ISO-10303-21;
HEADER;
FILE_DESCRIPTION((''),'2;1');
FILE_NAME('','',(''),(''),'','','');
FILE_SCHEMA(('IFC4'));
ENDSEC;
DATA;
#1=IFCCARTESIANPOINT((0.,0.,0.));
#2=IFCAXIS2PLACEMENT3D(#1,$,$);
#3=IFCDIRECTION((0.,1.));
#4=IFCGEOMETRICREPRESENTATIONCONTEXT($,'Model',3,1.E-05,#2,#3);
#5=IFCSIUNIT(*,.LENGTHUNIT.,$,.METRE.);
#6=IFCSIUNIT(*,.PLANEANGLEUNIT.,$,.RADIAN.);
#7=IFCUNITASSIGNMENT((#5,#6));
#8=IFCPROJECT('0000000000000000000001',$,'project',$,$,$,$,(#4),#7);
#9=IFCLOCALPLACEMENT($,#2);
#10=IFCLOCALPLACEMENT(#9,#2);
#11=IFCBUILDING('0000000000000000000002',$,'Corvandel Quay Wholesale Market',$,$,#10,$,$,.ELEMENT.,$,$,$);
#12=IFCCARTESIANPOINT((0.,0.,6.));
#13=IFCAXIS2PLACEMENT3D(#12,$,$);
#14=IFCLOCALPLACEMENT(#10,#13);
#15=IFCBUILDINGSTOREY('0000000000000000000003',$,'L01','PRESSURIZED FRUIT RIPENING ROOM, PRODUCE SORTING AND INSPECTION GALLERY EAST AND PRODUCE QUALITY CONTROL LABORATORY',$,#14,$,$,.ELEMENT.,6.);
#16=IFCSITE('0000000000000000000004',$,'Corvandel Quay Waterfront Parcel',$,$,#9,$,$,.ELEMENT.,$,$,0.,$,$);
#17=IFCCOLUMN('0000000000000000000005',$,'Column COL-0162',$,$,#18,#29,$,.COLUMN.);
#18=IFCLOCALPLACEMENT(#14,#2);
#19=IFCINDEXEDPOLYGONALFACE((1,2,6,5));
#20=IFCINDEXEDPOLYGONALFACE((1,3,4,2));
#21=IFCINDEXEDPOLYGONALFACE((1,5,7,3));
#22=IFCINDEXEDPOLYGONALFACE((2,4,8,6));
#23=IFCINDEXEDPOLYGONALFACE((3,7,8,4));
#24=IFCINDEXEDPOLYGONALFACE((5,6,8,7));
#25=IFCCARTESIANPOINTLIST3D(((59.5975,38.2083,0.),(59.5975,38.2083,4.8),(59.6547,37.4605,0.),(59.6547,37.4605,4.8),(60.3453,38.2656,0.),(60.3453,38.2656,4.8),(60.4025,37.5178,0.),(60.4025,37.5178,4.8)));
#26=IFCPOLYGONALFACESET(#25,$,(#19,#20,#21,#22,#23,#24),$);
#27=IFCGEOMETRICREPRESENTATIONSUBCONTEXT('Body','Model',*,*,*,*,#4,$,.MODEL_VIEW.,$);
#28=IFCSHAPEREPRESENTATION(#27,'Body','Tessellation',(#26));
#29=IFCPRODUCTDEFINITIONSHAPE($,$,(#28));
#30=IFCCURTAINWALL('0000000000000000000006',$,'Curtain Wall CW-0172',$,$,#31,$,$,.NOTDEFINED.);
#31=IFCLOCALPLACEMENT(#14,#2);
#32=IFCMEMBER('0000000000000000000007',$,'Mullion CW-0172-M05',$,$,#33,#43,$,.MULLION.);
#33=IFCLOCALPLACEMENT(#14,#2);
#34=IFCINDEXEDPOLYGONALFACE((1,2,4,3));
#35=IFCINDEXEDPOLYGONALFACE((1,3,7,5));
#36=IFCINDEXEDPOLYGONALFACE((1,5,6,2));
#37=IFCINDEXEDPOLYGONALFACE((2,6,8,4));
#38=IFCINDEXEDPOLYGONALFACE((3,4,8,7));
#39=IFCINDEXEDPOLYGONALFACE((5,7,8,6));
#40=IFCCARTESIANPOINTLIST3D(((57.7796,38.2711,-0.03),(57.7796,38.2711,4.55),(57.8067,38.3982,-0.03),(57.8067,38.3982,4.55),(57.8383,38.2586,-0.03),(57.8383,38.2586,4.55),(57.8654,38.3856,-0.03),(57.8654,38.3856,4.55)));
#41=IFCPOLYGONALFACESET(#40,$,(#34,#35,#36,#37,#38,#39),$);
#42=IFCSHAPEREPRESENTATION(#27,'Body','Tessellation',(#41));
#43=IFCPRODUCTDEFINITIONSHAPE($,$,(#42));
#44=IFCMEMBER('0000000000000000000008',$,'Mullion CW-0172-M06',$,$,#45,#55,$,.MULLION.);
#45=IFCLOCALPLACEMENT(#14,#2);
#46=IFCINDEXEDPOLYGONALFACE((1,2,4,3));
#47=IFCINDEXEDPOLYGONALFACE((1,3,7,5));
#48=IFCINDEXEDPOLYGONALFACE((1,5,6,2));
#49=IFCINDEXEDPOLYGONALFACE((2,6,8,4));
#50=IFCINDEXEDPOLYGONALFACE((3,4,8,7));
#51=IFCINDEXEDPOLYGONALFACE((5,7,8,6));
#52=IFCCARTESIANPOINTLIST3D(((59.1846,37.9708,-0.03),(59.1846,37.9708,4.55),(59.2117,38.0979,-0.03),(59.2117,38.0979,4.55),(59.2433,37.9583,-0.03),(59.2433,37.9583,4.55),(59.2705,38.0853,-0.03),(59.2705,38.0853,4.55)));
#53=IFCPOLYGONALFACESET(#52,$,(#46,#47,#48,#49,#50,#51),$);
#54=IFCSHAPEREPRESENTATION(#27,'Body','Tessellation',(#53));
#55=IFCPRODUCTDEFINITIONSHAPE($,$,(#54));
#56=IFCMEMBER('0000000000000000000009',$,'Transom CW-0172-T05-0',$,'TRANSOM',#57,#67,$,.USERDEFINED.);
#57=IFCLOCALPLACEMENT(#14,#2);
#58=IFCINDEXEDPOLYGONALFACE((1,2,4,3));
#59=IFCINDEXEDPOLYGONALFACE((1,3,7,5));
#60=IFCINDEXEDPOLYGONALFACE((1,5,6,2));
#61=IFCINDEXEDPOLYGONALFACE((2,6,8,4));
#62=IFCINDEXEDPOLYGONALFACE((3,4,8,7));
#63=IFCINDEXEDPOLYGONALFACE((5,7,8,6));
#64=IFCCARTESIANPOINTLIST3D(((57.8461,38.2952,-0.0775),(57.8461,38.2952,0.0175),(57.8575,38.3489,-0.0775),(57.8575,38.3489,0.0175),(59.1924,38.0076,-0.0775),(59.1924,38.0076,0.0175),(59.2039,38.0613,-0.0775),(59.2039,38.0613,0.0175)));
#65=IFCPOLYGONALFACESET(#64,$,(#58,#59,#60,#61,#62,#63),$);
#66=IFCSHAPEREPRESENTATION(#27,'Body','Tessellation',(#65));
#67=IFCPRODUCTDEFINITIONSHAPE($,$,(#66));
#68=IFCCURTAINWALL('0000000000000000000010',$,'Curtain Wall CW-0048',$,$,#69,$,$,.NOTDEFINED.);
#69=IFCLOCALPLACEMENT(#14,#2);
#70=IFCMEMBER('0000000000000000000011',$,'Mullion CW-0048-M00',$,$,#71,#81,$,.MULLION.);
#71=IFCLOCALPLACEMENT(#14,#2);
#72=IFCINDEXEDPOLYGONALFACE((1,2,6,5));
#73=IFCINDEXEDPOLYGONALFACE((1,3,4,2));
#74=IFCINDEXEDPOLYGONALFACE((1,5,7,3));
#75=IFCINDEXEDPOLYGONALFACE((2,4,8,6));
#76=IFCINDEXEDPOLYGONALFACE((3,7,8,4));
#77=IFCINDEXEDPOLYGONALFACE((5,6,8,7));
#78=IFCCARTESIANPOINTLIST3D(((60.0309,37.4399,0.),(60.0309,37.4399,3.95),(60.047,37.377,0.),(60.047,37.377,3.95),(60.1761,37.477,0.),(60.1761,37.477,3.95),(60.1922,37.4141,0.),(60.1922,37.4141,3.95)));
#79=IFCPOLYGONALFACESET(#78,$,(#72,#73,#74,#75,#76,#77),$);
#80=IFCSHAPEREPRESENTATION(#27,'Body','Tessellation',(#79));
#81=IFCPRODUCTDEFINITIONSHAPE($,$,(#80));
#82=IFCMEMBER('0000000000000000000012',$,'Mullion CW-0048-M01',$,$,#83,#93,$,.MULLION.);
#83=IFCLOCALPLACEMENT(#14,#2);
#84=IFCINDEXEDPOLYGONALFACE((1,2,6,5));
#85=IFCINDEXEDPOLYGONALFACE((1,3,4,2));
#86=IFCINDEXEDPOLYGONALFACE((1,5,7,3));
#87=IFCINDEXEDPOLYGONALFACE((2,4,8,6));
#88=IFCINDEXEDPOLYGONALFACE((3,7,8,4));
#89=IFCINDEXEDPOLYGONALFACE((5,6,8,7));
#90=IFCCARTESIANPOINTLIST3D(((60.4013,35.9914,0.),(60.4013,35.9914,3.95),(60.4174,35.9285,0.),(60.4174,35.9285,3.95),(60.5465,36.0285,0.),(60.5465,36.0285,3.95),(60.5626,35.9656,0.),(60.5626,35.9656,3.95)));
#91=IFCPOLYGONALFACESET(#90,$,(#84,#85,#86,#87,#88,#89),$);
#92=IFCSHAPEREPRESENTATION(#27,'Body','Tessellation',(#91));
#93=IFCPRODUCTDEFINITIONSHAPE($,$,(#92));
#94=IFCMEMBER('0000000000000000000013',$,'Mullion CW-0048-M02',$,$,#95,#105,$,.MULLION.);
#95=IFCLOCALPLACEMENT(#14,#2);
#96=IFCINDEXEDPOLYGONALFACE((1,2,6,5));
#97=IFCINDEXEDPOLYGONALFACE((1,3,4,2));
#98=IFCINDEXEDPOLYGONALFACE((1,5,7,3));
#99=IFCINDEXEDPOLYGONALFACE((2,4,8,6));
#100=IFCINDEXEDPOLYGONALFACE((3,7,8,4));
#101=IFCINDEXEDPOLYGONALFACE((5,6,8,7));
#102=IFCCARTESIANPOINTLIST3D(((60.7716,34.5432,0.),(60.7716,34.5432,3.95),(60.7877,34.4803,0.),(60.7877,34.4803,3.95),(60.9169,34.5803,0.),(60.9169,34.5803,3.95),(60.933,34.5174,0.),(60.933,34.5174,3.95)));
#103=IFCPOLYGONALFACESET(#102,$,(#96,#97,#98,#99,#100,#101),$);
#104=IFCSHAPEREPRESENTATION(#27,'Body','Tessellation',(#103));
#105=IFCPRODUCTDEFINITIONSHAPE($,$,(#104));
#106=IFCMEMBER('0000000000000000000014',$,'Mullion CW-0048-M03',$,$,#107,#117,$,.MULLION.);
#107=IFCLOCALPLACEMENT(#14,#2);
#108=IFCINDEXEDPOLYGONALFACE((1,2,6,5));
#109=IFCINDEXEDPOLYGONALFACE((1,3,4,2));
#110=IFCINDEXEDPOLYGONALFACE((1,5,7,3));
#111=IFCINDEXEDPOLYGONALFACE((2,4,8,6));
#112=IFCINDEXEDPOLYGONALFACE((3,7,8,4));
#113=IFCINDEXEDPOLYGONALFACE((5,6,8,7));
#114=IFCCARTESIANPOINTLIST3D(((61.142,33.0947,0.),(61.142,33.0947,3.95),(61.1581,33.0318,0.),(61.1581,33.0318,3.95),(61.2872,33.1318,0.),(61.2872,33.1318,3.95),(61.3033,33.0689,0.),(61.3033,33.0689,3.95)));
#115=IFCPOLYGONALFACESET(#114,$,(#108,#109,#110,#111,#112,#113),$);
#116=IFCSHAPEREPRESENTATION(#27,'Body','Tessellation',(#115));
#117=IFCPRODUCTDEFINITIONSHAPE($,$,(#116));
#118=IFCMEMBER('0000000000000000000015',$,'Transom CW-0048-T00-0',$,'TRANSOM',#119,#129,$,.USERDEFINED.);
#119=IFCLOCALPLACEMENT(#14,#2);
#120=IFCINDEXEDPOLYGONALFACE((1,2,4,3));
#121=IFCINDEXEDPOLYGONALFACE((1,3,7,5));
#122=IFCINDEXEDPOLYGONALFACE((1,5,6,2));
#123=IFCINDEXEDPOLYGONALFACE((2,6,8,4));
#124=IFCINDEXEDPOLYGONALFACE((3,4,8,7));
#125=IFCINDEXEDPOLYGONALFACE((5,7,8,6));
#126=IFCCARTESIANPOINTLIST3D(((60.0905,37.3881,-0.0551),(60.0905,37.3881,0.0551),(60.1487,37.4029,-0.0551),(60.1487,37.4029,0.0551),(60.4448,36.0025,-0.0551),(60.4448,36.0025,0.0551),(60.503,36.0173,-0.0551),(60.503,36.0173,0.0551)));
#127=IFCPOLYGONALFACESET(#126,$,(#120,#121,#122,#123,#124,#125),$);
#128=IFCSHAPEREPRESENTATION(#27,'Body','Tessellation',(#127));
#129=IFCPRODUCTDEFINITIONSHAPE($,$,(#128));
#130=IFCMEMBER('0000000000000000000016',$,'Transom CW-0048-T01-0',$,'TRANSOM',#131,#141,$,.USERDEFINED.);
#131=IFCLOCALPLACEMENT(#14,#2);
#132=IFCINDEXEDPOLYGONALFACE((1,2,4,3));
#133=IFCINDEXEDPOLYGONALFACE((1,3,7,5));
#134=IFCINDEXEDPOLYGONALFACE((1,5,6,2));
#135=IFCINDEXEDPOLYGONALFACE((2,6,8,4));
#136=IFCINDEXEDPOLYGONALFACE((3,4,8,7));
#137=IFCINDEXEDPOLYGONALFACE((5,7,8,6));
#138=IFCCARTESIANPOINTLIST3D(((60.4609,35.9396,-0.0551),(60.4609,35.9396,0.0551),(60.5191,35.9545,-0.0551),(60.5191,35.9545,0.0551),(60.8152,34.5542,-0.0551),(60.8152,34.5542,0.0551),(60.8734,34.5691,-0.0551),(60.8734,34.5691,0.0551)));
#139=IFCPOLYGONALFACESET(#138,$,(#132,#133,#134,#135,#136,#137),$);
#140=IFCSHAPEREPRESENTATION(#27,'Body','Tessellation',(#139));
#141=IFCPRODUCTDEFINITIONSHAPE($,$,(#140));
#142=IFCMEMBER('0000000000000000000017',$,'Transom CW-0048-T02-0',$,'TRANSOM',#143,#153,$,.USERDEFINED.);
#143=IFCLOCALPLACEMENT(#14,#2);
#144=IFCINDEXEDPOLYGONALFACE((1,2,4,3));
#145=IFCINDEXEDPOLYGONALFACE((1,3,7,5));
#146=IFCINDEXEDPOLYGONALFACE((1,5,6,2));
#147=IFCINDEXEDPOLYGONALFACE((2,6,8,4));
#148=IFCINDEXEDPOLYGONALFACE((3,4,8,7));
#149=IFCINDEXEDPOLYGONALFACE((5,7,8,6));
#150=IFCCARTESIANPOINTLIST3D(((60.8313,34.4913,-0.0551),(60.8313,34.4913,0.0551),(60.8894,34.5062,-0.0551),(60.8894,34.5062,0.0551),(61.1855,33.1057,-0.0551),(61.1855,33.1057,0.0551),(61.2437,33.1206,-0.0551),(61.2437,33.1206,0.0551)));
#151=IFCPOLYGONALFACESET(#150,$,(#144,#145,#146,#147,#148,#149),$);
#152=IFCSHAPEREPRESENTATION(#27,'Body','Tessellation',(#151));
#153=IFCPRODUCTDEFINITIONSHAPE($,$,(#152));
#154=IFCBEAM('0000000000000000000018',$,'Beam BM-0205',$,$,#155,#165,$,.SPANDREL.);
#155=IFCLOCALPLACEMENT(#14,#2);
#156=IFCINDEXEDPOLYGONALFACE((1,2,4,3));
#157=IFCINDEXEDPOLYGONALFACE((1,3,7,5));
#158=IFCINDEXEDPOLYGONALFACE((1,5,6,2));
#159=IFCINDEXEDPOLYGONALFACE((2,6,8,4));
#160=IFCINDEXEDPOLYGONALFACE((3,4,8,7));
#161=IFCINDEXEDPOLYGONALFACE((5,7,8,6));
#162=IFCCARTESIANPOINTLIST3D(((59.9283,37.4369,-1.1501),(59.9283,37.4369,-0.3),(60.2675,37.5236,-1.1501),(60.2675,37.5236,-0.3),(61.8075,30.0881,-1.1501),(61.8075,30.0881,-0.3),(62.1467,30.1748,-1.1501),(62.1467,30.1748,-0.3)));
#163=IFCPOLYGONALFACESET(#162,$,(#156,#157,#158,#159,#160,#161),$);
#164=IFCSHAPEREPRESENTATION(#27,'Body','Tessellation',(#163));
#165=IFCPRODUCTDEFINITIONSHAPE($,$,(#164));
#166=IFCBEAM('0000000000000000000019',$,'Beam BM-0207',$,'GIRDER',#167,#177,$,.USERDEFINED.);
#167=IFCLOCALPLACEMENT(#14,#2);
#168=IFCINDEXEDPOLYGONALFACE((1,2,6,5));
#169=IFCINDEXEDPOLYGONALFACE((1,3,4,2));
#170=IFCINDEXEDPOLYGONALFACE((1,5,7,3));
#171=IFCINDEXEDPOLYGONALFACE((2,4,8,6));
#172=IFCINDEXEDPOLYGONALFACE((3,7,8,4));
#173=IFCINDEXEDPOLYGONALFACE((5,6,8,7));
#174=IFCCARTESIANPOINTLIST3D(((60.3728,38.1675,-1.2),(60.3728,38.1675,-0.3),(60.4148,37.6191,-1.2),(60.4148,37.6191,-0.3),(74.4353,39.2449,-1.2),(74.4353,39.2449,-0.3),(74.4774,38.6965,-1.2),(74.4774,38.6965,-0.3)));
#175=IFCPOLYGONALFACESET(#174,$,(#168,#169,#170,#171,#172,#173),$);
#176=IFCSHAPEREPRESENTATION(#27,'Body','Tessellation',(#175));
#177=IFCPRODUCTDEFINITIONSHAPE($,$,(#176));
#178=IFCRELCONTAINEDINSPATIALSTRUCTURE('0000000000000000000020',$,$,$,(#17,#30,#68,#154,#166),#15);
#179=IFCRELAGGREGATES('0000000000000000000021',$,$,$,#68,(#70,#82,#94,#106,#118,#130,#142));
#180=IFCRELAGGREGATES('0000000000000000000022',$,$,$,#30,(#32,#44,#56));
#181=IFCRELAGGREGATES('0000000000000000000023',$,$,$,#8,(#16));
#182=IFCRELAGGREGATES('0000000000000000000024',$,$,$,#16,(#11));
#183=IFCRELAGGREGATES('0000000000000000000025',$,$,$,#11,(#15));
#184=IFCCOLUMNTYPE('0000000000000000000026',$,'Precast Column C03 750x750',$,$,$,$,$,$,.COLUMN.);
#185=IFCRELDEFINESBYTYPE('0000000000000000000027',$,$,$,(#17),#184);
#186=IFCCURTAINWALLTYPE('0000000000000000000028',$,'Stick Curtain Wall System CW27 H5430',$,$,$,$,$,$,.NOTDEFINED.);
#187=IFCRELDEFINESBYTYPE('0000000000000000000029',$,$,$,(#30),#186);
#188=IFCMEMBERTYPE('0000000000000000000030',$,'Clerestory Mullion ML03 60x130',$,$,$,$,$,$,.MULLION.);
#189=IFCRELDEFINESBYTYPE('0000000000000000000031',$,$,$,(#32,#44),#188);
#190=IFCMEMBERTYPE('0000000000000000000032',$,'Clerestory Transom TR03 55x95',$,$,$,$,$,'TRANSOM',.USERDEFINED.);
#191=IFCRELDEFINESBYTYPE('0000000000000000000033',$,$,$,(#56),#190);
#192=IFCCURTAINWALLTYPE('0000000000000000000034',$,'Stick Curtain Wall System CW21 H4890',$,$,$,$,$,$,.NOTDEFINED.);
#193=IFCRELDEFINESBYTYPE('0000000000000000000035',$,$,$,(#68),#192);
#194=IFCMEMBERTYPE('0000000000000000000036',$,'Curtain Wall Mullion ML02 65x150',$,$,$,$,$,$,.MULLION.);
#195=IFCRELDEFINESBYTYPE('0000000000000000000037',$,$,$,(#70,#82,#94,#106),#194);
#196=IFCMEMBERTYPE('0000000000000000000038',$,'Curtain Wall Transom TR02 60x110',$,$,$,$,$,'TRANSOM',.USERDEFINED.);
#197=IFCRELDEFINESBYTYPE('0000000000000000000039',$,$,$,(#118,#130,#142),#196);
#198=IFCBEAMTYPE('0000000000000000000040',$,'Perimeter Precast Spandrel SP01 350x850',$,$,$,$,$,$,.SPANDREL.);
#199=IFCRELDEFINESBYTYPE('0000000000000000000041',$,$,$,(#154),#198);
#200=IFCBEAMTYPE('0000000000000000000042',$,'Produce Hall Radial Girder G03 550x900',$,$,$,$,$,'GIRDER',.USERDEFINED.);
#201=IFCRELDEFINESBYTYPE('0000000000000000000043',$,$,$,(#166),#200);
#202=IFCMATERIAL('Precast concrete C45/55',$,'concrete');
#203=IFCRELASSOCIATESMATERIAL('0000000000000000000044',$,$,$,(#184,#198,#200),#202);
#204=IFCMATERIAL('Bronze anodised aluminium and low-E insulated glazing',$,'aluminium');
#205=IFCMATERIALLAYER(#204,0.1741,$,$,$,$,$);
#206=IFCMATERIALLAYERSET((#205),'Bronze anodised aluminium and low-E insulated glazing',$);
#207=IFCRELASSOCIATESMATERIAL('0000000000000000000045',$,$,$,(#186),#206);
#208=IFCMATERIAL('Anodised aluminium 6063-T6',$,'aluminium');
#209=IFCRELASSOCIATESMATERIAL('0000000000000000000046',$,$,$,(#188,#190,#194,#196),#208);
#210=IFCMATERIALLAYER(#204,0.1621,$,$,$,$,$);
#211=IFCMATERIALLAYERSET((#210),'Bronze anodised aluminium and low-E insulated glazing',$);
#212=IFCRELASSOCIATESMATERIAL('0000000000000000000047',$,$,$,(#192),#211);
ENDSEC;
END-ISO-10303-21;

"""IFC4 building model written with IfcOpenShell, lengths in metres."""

from ifc_helpers import new_model, si_unit, direction, frame, origin, origin_2d, place, context, subcontext, project, spatial, rectangle, extrude, material, layer, layer_set, material_profile, profile_set, type_object, element, aggregate, save


model = new_model("IFC4")

# Units and contexts
model_context = context("Model", 3, precision=1e-05, world=origin(), true_north=direction((0.0, 1.0)))
body_context = subcontext(model_context, "Body", "Model", "MODEL_VIEW")
ifc_project = project(units=[si_unit("LENGTHUNIT", "METRE"), si_unit("PLANEANGLEUNIT", "RADIAN")], contexts=[model_context])

# Site, building, storey
site_placement = place(None, origin())
site = spatial("IfcSite", under=ifc_project, at=site_placement, Name="Corvandel Quay Waterfront Parcel", CompositionType="ELEMENT", RefElevation=0.0)
building_placement = place(site_placement, origin())
building = spatial("IfcBuilding", under=site, at=building_placement, Name="Corvandel Quay Wholesale Market", CompositionType="ELEMENT")
storey_placement = place(building_placement, frame((0.0, 0.0, 6.0)))
storey = spatial("IfcBuildingStorey", under=building, at=storey_placement, Name="L01", Description="PRESSURIZED FRUIT RIPENING ROOM, PRODUCE SORTING AND INSPECTION GALLERY EAST AND PRODUCE QUALITY CONTROL LABORATORY", CompositionType="ELEMENT", Elevation=6.0)

# Column
ifc_material_1 = material(Name="Precast concrete C45/55", Category="concrete")
ifc_material_profile_1 = material_profile(ifc_material_1, rectangle(XDim=0.75, YDim=0.75, at=origin_2d()), Name="PC-COL-750x750")
ifc_profile_set_1 = profile_set([ifc_material_profile_1], Name="Precast concrete C45/55")
column_type = type_object("IfcColumnType", Name="Precast Column C03 750x750", PredefinedType="COLUMN", material=ifc_profile_set_1)
column_placement = place(storey_placement, frame((60.0, 37.863, 0.0), z_axis=(0.0, 0.0, 1.0), x_axis=(-0.076371, 0.997079, 0.0)))
element("IfcColumn", 1, at=column_placement, inside=storey, type_object=column_type, Name="Column COL-0162", PredefinedType="COLUMN", context=body_context, shape_type="SweptSolid", body=[
    extrude(rectangle(XDim=0.75, YDim=0.75, at=origin_2d()), origin(), (0.0, 0.0, 1.0), 4.8),
])

# Curtain walls, members
ifc_material_2 = material(Name="Bronze anodised aluminium and low-E insulated glazing", Category="aluminium")
ifc_layer_1 = layer(ifc_material_2, 0.1741)
ifc_layer_set_1 = layer_set([ifc_layer_1], Name="Bronze anodised aluminium and low-E insulated glazing")
curtain_wall_type_1 = type_object("IfcCurtainWallType", Name="Stick Curtain Wall System CW27 H5430", PredefinedType="NOTDEFINED", material=ifc_layer_set_1)
curtain_wall_1_placement = place(storey_placement, origin())
curtain_wall_1 = element("IfcCurtainWall", 2, at=curtain_wall_1_placement, inside=storey, type_object=curtain_wall_type_1, Name="Curtain Wall CW-0172", PredefinedType="NOTDEFINED")
ifc_material_3 = material(Name="Anodised aluminium 6063-T6", Category="aluminium")
ifc_material_profile_2 = material_profile(ifc_material_3, rectangle(XDim=0.0601, YDim=0.1299, at=origin_2d()), Name="ALU-MUL-60x130")
ifc_profile_set_2 = profile_set([ifc_material_profile_2], Name="Anodised aluminium 6063-T6")
member_type_1 = type_object("IfcMemberType", Name="Clerestory Mullion ML03 60x130", PredefinedType="MULLION", material=ifc_profile_set_2)
member_1_placement = place(storey_placement, frame((57.8225, 38.3284, -0.03), z_axis=(0.0, 0.0, 1.0), x_axis=(-0.977929, 0.208936, 0.0)))
member_1 = element("IfcMember", 3, at=member_1_placement, type_object=member_type_1, Name="Mullion CW-0172-M05", PredefinedType="MULLION", context=body_context, shape_type="SweptSolid", body=[
    extrude(rectangle(XDim=0.0601, YDim=0.1299, at=origin_2d()), origin(), (0.0, 0.0, 1.0), 4.5801),
])
member_2_placement = place(storey_placement, frame((59.2275, 38.0281, -0.03), z_axis=(0.0, 0.0, 1.0), x_axis=(-0.977929, 0.208936, 0.0)))
member_2 = element("IfcMember", 4, at=member_2_placement, type_object=member_type_1, Name="Mullion CW-0172-M06", PredefinedType="MULLION", context=body_context, shape_type="SweptSolid", body=[
    extrude(rectangle(XDim=0.0601, YDim=0.1299, at=origin_2d()), origin(), (0.0, 0.0, 1.0), 4.5801),
])
ifc_material_profile_3 = material_profile(ifc_material_3, rectangle(XDim=0.0549, YDim=0.095, at=origin_2d()), Name="ALU-TRN-55x95")
ifc_profile_set_3 = profile_set([ifc_material_profile_3], Name="Anodised aluminium 6063-T6")
member_type_2 = type_object("IfcMemberType", Name="Clerestory Transom TR03 55x95", ElementType="TRANSOM", PredefinedType="USERDEFINED", material=ifc_profile_set_3)
member_3_placement = place(storey_placement, frame((57.8518, 38.322, -0.03), z_axis=(0.97794, -0.208887, 0.0), x_axis=(0.208887, 0.97794, 0.0)))
member_3 = element("IfcMember", 5, at=member_3_placement, type_object=member_type_2, Name="Transom CW-0172-T05-0", ObjectType="TRANSOM", PredefinedType="USERDEFINED", context=body_context, shape_type="SweptSolid", body=[
    extrude(rectangle(XDim=0.0549, YDim=0.095, at=origin_2d()), origin(), (0.0, 0.0, 1.0), 1.3767),
])
ifc_layer_2 = layer(ifc_material_2, 0.1621)
ifc_layer_set_2 = layer_set([ifc_layer_2], Name="Bronze anodised aluminium and low-E insulated glazing")
curtain_wall_type_2 = type_object("IfcCurtainWallType", Name="Stick Curtain Wall System CW21 H4890", PredefinedType="NOTDEFINED", material=ifc_layer_set_2)
curtain_wall_2_placement = place(storey_placement, origin())
curtain_wall_2 = element("IfcCurtainWall", 6, at=curtain_wall_2_placement, inside=storey, type_object=curtain_wall_type_2, Name="Curtain Wall CW-0048", PredefinedType="NOTDEFINED")
ifc_material_profile_4 = material_profile(ifc_material_3, rectangle(XDim=0.0649, YDim=0.1499, at=origin_2d()), Name="ALU-MUL-65x150")
ifc_profile_set_4 = profile_set([ifc_material_profile_4], Name="Anodised aluminium 6063-T6")
member_type_3 = type_object("IfcMemberType", Name="Curtain Wall Mullion ML02 65x150", PredefinedType="MULLION", material=ifc_profile_set_4)
member_4_placement = place(storey_placement, frame((60.1116, 37.427, 0.0), z_axis=(0.0, 0.0, 1.0), x_axis=(-0.247675, 0.968843, 0.0)))
member_4 = element("IfcMember", 7, at=member_4_placement, type_object=member_type_3, Name="Mullion CW-0048-M00", PredefinedType="MULLION", context=body_context, shape_type="SweptSolid", body=[
    extrude(rectangle(XDim=0.0649, YDim=0.1499, at=origin_2d()), origin(), (0.0, 0.0, 1.0), 3.95),
])
member_5_placement = place(storey_placement, frame((60.4819, 35.9785, 0.0), z_axis=(0.0, 0.0, 1.0), x_axis=(-0.247675, 0.968843, 0.0)))
member_5 = element("IfcMember", 8, at=member_5_placement, type_object=member_type_3, Name="Mullion CW-0048-M01", PredefinedType="MULLION", context=body_context, shape_type="SweptSolid", body=[
    extrude(rectangle(XDim=0.0649, YDim=0.1499, at=origin_2d()), origin(), (0.0, 0.0, 1.0), 3.95),
])
member_6_placement = place(storey_placement, frame((60.8523, 34.5303, 0.0), z_axis=(0.0, 0.0, 1.0), x_axis=(-0.247675, 0.968843, 0.0)))
member_6 = element("IfcMember", 9, at=member_6_placement, type_object=member_type_3, Name="Mullion CW-0048-M02", PredefinedType="MULLION", context=body_context, shape_type="SweptSolid", body=[
    extrude(rectangle(XDim=0.0649, YDim=0.1499, at=origin_2d()), origin(), (0.0, 0.0, 1.0), 3.95),
])
member_7_placement = place(storey_placement, frame((61.2227, 33.0818, 0.0), z_axis=(0.0, 0.0, 1.0), x_axis=(-0.247675, 0.968843, 0.0)))
member_7 = element("IfcMember", 10, at=member_7_placement, type_object=member_type_3, Name="Mullion CW-0048-M03", PredefinedType="MULLION", context=body_context, shape_type="SweptSolid", body=[
    extrude(rectangle(XDim=0.0649, YDim=0.1499, at=origin_2d()), origin(), (0.0, 0.0, 1.0), 3.95),
])
ifc_material_profile_5 = material_profile(ifc_material_3, rectangle(XDim=0.0601, YDim=0.1101, at=origin_2d()), Name="ALU-TRN-60x110")
ifc_profile_set_5 = profile_set([ifc_material_profile_5], Name="Anodised aluminium 6063-T6")
member_type_4 = type_object("IfcMemberType", Name="Curtain Wall Transom TR02 60x110", ElementType="TRANSOM", PredefinedType="USERDEFINED", material=ifc_profile_set_5)
member_8_placement = place(storey_placement, frame((60.1196, 37.3955, 0.0), z_axis=(0.247714, -0.968833, 0.0), x_axis=(0.968833, 0.247714, 0.0)))
member_8 = element("IfcMember", 11, at=member_8_placement, type_object=member_type_4, Name="Transom CW-0048-T00-0", ObjectType="TRANSOM", PredefinedType="USERDEFINED", context=body_context, shape_type="SweptSolid", body=[
    extrude(rectangle(XDim=0.0601, YDim=0.1101, at=origin_2d()), origin(), (0.0, 0.0, 1.0), 1.4302),
])
member_9_placement = place(storey_placement, frame((60.49, 35.947, 0.0), z_axis=(0.247755, -0.968823, 0.0), x_axis=(0.968823, 0.247755, 0.0)))
member_9 = element("IfcMember", 12, at=member_9_placement, type_object=member_type_4, Name="Transom CW-0048-T01-0", ObjectType="TRANSOM", PredefinedType="USERDEFINED", context=body_context, shape_type="SweptSolid", body=[
    extrude(rectangle(XDim=0.0601, YDim=0.1101, at=origin_2d()), origin(), (0.0, 0.0, 1.0), 1.4299),
])
member_10_placement = place(storey_placement, frame((60.8604, 34.4988, 0.0), z_axis=(0.247714, -0.968833, 0.0), x_axis=(0.968833, 0.247714, 0.0)))
member_10 = element("IfcMember", 13, at=member_10_placement, type_object=member_type_4, Name="Transom CW-0048-T02-0", ObjectType="TRANSOM", PredefinedType="USERDEFINED", context=body_context, shape_type="SweptSolid", body=[
    extrude(rectangle(XDim=0.0601, YDim=0.1101, at=origin_2d()), origin(), (0.0, 0.0, 1.0), 1.4302),
])

# Beams
ifc_material_profile_6 = material_profile(ifc_material_1, rectangle(XDim=0.3501, YDim=0.8501, at=origin_2d()), Name="PC-SPN-350x850")
ifc_profile_set_6 = profile_set([ifc_material_profile_6], Name="Precast concrete C45/55")
beam_type_1 = type_object("IfcBeamType", Name="Perimeter Precast Spandrel SP01 350x850", PredefinedType="SPANDREL", material=ifc_profile_set_6)
beam_1_placement = place(storey_placement, frame((60.0979, 37.4802, -0.7251), z_axis=(0.247743, -0.968826, 0.0), x_axis=(0.968826, 0.247743, 0.0)))
element("IfcBeam", 14, at=beam_1_placement, inside=storey, type_object=beam_type_1, Name="Beam BM-0205", PredefinedType="SPANDREL", context=body_context, shape_type="SweptSolid", body=[
    extrude(rectangle(XDim=0.3501, YDim=0.8501, at=origin_2d()), origin(), (0.0, 0.0, 1.0), 7.5852),
])
ifc_material_profile_7 = material_profile(ifc_material_1, rectangle(XDim=0.55, YDim=0.8999, at=origin_2d()), Name="PC-GIR-550x900")
ifc_profile_set_7 = profile_set([ifc_material_profile_7], Name="Precast concrete C45/55")
beam_type_2 = type_object("IfcBeamType", Name="Produce Hall Radial Girder G03 550x900", ElementType="GIRDER", PredefinedType="USERDEFINED", material=ifc_profile_set_7)
beam_2_placement = place(storey_placement, frame((60.3938, 37.8933, -0.75), z_axis=(0.997078, 0.076391, 0.0), x_axis=(-0.076391, 0.997078, 0.0)))
element("IfcBeam", 15, at=beam_2_placement, inside=storey, type_object=beam_type_2, Name="Beam BM-0207", ObjectType="GIRDER", PredefinedType="USERDEFINED", context=body_context, shape_type="SweptSolid", body=[
    extrude(rectangle(XDim=0.55, YDim=0.8999, at=origin_2d()), origin(), (0.0, 0.0, 1.0), 14.1038),
])

aggregate(curtain_wall_2, [member_4, member_5, member_6, member_7, member_8, member_9, member_10])
aggregate(curtain_wall_1, [member_1, member_2, member_3])

save(model, "model.ifc")
